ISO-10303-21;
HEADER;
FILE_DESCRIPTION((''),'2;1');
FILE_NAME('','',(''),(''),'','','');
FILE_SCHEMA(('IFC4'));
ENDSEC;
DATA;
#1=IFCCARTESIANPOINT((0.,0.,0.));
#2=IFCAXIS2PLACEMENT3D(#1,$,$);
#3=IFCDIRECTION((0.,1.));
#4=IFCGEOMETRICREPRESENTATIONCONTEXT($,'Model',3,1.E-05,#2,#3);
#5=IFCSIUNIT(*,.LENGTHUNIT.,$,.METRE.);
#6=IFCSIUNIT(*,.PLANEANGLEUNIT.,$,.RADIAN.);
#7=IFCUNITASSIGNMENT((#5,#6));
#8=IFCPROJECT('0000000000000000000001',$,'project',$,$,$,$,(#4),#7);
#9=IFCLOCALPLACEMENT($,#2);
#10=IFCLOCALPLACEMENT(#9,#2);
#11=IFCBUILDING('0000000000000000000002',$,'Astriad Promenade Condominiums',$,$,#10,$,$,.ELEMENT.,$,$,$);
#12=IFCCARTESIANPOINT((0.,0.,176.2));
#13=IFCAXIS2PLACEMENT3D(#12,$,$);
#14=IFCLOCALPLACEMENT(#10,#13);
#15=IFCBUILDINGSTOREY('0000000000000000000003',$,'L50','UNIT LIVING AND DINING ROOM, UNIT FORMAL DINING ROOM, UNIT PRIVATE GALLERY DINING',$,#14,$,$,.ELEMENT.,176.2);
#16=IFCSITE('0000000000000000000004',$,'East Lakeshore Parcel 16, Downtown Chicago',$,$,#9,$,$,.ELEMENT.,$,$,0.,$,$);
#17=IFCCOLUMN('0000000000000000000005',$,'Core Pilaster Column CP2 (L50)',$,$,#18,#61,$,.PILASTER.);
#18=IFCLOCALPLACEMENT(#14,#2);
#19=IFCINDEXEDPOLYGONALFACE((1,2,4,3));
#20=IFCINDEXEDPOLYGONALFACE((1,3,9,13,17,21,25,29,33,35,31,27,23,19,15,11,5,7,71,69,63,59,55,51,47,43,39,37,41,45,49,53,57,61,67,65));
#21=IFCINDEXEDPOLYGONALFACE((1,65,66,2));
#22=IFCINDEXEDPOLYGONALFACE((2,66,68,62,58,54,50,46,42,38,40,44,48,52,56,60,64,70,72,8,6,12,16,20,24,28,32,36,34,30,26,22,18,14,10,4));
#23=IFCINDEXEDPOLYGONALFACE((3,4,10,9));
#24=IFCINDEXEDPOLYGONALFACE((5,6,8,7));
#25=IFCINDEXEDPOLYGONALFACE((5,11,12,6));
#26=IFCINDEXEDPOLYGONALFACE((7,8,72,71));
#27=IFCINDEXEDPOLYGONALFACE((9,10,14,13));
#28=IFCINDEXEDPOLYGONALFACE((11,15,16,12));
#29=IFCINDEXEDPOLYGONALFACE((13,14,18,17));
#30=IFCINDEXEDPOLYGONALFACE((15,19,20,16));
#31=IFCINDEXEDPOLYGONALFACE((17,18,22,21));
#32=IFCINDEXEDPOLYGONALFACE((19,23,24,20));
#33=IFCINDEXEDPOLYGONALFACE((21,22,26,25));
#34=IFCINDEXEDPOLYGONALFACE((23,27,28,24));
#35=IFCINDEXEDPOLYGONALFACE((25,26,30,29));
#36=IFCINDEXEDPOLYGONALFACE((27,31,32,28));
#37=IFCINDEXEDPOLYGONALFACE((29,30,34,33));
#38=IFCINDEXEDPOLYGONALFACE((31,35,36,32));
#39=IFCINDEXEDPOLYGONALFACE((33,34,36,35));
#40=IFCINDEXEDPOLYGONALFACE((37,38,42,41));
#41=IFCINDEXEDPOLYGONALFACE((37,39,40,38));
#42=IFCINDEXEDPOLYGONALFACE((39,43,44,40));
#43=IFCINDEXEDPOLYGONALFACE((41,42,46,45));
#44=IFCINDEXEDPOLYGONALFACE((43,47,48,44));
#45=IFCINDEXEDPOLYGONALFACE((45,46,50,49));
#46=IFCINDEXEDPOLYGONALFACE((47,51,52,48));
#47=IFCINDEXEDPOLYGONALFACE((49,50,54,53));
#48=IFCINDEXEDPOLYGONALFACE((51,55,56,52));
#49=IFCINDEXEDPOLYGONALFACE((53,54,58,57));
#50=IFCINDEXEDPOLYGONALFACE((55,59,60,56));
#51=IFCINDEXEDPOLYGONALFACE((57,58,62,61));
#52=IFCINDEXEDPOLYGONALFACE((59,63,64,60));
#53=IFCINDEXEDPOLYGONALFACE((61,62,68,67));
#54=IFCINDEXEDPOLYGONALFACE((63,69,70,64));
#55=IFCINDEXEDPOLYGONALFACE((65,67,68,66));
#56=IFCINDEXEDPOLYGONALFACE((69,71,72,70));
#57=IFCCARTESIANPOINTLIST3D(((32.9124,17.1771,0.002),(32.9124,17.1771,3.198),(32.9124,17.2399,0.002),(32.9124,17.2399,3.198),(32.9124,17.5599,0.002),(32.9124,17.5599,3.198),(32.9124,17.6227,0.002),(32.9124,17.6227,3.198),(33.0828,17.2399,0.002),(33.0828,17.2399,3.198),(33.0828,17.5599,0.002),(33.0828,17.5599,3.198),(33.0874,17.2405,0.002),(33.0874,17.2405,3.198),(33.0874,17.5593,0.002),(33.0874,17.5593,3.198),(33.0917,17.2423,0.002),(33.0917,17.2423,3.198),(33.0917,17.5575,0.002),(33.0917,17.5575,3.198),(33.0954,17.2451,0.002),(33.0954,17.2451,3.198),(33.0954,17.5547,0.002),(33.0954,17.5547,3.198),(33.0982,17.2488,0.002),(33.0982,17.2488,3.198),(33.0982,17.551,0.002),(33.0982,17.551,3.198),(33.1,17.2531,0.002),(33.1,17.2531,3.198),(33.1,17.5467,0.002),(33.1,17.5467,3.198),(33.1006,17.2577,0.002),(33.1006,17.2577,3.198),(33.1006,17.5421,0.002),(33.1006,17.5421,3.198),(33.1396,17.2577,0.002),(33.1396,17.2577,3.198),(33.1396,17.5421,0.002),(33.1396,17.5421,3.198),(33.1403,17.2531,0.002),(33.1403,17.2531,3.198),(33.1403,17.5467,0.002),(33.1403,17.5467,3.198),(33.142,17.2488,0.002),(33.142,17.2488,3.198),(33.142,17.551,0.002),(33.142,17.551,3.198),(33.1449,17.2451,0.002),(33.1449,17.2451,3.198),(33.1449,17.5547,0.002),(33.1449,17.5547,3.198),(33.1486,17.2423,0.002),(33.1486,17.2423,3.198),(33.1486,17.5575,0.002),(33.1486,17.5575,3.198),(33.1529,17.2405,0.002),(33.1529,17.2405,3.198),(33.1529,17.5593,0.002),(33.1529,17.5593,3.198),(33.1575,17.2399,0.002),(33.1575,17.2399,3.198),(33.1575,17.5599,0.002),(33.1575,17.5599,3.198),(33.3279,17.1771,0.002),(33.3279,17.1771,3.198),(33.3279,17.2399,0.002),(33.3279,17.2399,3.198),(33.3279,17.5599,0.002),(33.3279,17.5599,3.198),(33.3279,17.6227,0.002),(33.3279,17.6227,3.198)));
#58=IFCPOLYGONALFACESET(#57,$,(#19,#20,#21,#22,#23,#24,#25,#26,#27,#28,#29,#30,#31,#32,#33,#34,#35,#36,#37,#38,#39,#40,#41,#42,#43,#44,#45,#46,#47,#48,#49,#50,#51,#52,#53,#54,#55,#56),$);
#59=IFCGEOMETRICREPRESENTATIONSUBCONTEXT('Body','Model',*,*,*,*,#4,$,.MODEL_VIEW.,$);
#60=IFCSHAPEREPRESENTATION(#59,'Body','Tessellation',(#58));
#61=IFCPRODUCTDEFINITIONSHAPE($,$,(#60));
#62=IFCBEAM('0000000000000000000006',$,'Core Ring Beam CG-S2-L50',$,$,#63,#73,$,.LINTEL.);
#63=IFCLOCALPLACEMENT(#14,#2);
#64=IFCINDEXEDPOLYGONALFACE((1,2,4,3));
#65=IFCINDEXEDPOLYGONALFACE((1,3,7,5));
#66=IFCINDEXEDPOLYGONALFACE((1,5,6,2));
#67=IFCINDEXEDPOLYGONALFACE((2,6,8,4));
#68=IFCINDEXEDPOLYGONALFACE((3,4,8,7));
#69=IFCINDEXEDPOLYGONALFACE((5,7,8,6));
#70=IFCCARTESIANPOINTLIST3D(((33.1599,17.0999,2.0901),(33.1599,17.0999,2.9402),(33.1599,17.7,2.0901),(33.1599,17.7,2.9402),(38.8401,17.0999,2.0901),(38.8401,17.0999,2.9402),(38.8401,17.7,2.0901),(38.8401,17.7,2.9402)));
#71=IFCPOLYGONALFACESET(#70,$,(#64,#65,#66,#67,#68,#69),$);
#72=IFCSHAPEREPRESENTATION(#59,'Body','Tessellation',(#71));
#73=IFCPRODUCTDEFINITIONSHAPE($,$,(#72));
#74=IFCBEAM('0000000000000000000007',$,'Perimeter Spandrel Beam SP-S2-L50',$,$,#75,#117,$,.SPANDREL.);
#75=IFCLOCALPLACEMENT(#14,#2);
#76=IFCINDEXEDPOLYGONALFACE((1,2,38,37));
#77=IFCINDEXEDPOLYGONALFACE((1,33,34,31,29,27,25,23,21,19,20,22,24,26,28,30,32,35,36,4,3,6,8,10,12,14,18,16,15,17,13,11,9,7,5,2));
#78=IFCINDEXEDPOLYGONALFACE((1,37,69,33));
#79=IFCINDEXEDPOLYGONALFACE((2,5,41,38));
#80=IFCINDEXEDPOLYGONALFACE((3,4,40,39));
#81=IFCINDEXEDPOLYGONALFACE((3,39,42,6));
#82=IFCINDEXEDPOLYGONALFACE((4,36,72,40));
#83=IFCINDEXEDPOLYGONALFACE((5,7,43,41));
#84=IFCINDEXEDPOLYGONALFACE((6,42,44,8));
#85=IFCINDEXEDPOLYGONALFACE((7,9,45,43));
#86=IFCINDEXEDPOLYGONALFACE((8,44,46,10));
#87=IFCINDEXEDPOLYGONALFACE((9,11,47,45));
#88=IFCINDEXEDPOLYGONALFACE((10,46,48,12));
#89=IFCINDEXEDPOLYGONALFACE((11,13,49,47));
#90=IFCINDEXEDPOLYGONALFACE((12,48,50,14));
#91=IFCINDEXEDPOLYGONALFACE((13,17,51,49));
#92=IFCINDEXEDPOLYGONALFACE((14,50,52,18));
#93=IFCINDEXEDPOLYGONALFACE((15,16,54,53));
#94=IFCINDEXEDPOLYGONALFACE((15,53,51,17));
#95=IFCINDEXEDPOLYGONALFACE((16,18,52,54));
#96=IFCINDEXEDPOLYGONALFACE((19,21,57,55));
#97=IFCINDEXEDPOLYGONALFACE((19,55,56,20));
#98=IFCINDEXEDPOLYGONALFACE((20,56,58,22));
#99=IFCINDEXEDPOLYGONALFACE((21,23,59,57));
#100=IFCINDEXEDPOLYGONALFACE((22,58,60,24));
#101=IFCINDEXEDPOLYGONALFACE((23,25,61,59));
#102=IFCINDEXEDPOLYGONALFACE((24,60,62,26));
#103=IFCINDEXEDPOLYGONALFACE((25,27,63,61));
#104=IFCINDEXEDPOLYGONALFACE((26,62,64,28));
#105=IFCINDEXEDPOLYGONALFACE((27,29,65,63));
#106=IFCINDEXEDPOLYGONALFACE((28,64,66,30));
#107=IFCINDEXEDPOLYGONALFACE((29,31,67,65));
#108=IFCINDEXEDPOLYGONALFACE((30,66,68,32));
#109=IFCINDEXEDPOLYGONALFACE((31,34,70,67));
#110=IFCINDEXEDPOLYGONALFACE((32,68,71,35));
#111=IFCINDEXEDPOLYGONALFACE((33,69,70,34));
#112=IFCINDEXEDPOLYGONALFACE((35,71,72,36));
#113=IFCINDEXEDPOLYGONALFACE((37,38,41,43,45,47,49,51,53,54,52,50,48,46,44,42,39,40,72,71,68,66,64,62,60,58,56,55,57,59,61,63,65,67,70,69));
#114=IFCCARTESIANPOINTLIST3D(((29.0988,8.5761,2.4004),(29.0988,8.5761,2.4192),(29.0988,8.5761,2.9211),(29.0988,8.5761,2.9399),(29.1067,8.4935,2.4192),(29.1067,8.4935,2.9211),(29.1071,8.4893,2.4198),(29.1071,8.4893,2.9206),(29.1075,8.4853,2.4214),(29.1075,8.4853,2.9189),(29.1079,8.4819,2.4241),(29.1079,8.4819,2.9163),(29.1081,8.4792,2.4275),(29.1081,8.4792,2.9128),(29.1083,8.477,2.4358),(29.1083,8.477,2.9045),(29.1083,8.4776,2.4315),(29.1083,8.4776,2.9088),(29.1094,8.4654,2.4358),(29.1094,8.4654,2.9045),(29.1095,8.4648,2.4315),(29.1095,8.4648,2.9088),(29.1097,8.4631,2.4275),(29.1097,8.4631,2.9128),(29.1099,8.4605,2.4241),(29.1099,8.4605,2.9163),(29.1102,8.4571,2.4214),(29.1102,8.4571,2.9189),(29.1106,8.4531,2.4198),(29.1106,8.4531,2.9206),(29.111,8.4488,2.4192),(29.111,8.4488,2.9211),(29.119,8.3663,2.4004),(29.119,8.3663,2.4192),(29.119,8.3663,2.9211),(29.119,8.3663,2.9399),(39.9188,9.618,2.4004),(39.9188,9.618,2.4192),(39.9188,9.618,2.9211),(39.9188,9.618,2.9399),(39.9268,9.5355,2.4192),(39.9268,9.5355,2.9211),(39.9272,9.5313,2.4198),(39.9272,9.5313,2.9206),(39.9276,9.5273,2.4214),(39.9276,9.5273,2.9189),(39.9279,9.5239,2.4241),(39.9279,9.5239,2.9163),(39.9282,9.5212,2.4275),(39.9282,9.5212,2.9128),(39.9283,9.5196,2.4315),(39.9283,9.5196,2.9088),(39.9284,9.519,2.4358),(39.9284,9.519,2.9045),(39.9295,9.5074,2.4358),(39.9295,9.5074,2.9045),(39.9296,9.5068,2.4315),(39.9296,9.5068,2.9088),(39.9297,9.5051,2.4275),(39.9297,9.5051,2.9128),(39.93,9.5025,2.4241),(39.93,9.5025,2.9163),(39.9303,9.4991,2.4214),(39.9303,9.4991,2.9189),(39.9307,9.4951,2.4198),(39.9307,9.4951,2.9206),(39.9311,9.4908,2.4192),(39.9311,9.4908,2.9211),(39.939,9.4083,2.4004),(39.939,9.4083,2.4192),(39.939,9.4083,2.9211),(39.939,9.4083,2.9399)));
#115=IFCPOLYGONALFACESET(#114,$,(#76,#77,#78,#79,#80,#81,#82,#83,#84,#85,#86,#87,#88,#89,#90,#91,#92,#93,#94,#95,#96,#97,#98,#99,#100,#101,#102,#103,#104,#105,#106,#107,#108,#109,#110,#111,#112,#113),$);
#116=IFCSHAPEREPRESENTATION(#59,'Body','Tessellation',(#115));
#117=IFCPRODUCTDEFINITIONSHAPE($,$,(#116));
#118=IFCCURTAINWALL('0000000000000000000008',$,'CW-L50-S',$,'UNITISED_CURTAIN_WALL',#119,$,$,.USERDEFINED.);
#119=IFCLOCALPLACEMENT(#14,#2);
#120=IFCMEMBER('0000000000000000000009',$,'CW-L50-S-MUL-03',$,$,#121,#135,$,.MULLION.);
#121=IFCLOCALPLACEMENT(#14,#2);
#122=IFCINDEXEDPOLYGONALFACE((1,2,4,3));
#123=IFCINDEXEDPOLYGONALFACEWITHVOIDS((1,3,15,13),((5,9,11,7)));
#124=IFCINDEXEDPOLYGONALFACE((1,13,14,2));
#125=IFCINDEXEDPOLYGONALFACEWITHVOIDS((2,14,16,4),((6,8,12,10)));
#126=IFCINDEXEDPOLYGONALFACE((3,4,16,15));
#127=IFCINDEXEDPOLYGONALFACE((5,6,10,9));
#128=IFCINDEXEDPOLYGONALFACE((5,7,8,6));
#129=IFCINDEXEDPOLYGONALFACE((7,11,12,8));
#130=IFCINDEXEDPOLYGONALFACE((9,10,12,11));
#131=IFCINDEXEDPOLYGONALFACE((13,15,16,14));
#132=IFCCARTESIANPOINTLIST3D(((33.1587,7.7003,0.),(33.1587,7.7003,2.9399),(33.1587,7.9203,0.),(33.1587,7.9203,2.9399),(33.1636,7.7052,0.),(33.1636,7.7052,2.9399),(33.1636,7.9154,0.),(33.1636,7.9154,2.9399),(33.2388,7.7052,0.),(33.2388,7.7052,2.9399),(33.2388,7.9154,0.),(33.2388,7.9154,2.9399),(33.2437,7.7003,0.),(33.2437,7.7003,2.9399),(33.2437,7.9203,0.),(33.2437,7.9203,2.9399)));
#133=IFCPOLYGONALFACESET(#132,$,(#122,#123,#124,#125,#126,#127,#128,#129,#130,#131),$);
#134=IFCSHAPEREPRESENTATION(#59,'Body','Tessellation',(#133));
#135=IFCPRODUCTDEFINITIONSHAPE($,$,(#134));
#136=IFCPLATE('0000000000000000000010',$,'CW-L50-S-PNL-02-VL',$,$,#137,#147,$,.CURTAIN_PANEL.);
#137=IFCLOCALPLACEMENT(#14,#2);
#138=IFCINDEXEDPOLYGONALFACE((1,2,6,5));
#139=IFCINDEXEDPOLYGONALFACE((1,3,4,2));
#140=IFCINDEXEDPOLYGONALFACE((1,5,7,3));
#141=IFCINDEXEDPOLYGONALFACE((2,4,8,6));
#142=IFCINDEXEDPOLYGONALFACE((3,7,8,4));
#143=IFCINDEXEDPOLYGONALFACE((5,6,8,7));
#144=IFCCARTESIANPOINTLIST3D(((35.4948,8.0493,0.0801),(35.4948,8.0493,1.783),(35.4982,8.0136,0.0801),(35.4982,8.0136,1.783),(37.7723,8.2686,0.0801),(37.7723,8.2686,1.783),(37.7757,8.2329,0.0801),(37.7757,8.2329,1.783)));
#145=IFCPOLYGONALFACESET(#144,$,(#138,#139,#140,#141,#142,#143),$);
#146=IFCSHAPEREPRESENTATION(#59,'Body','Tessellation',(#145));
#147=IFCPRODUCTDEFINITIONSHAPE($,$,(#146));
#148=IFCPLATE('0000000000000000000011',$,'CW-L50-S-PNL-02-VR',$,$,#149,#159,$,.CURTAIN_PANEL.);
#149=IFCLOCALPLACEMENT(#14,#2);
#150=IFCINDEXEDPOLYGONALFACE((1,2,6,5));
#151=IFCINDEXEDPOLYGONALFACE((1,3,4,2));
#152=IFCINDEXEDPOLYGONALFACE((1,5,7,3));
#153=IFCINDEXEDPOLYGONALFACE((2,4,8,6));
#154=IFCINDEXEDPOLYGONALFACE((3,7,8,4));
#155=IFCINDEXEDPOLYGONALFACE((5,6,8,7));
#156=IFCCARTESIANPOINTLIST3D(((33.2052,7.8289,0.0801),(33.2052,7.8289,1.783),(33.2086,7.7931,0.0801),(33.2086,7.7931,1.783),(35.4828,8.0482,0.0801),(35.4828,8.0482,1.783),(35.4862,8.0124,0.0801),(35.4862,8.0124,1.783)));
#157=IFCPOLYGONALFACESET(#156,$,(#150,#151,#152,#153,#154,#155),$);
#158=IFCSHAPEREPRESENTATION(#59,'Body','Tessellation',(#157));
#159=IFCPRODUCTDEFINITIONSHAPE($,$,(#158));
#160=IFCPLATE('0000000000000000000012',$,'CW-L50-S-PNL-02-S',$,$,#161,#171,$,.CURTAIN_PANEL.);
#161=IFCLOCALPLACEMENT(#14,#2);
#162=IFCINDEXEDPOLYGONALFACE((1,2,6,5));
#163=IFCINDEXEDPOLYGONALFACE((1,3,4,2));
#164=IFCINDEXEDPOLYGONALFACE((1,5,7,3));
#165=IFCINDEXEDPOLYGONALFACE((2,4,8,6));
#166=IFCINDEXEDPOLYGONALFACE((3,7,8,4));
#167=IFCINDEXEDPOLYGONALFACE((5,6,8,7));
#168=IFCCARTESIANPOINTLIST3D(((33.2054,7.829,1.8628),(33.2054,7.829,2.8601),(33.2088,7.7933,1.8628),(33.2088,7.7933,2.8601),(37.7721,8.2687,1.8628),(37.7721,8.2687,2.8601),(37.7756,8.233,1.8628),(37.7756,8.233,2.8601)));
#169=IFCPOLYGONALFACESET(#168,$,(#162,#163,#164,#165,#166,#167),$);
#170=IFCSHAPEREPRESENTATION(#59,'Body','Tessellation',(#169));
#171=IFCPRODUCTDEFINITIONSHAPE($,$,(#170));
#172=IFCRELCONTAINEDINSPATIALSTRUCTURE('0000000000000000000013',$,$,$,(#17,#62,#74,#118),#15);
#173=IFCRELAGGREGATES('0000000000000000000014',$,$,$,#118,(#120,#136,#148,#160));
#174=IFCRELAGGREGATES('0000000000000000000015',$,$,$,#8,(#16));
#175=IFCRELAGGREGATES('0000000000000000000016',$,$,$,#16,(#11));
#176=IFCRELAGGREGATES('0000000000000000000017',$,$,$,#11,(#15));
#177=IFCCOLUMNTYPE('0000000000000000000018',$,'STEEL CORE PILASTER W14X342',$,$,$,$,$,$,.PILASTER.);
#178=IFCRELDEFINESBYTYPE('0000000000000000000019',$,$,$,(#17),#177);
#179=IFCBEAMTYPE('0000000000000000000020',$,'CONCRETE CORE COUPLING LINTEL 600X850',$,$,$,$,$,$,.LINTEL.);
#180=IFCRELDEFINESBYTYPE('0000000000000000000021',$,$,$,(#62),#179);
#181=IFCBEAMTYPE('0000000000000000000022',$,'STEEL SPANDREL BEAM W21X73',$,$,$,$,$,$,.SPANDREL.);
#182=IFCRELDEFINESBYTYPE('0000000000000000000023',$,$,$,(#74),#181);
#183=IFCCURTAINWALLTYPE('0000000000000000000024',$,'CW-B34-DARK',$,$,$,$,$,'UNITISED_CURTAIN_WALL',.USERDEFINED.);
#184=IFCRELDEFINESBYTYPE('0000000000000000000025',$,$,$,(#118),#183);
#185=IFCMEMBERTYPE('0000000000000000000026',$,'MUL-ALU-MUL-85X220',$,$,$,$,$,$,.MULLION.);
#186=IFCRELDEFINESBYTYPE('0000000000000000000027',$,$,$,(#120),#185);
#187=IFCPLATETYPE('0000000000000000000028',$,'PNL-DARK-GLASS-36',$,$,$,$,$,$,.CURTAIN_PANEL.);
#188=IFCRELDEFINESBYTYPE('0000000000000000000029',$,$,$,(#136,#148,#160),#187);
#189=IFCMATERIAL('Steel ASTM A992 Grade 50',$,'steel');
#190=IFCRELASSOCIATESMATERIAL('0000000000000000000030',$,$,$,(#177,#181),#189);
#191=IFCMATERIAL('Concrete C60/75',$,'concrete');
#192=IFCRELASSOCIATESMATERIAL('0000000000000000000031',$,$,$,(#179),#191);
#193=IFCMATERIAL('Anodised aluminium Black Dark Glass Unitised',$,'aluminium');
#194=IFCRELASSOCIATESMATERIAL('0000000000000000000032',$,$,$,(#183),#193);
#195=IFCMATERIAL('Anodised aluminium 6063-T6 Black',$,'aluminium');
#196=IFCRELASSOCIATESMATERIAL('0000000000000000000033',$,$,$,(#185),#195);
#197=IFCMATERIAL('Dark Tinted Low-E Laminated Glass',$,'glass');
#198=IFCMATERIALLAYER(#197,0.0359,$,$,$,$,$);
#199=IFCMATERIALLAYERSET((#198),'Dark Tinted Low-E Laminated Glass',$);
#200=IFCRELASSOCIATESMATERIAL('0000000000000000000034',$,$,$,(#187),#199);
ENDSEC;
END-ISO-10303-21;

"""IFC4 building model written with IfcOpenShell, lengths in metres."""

from ifc_helpers import new_model, si_unit, direction, frame, origin, origin_2d, place, context, subcontext, project, spatial, rectangle, hollow_rectangle, i_section, extrude, source, transform, mapped, material, layer, layer_set, material_profile, profile_set, type_object, type_shapes, element, aggregate, save


model = new_model("IFC4")

# Units and contexts
model_context = context("Model", 3, precision=1e-05, world=origin(), true_north=direction((0.0, 1.0)))
body_context = subcontext(model_context, "Body", "Model", "MODEL_VIEW")
ifc_project = project(units=[si_unit("LENGTHUNIT", "METRE"), si_unit("PLANEANGLEUNIT", "RADIAN")], contexts=[model_context])

# Site, building, storey
site_placement = place(None, origin())
site = spatial("IfcSite", under=ifc_project, at=site_placement, Name="East Lakeshore Parcel 16, Downtown Chicago", CompositionType="ELEMENT", RefElevation=0.0)
building_placement = place(site_placement, origin())
building = spatial("IfcBuilding", under=site, at=building_placement, Name="Astriad Promenade Condominiums", CompositionType="ELEMENT")
storey_placement = place(building_placement, frame((0.0, 0.0, 176.2)))
storey = spatial("IfcBuildingStorey", under=building, at=storey_placement, Name="L50", Description="UNIT LIVING AND DINING ROOM, UNIT FORMAL DINING ROOM, UNIT PRIVATE GALLERY DINING", CompositionType="ELEMENT", Elevation=176.2)

# Column
ifc_material_1 = material(Name="Steel ASTM A992 Grade 50", Category="steel")
ifc_material_profile_1 = material_profile(ifc_material_1, i_section(OverallWidth=0.4155, OverallDepth=0.4456, WebThickness=0.0391, FlangeThickness=0.0627, FilletRadius=0.0178, at=origin_2d()), Name="W14X342")
ifc_profile_set_1 = profile_set([ifc_material_profile_1], Name="Steel ASTM A992 Grade 50")
column_type = type_object("IfcColumnType", Name="STEEL CORE PILASTER W14X342", PredefinedType="PILASTER", material=ifc_profile_set_1)
shared_shape_1 = source(origin(), body_context, "Body", "SweptSolid", [
    extrude(i_section(OverallWidth=0.4155, OverallDepth=0.4456, WebThickness=0.0391, FlangeThickness=0.0627, FilletRadius=0.0178, at=origin_2d()), origin(), (0.0, 0.0, 1.0), 3.196),
])
type_shapes(column_type, [shared_shape_1])
column_placement = place(storey_placement, frame((33.1201, 17.3999, 0.002), z_axis=(0.0, 0.0, 1.0), x_axis=(1.0, 0.0, 0.0)))
element("IfcColumn", 1, at=column_placement, inside=storey, type_object=column_type, Name="Core Pilaster Column CP2 (L50)", PredefinedType="PILASTER", context=body_context, shape_type="MappedRepresentation", body=[
    mapped(shared_shape_1, transform((0.0, 0.0, 0.0), scale=1.0)),
])

# Beams
ifc_material_2 = material(Name="Concrete C60/75", Category="concrete")
ifc_material_profile_2 = material_profile(ifc_material_2, rectangle(XDim=0.6001, YDim=0.8501, at=origin_2d()), Name="RC-BM-600X850")
ifc_profile_set_2 = profile_set([ifc_material_profile_2], Name="Concrete C60/75")
beam_type_1 = type_object("IfcBeamType", Name="CONCRETE CORE COUPLING LINTEL 600X850", PredefinedType="LINTEL", material=ifc_profile_set_2)
shared_shape_2 = source(origin(), body_context, "Body", "SweptSolid", [
    extrude(rectangle(XDim=0.6001, YDim=0.8501, at=origin_2d()), origin(), (0.0, 0.0, 1.0), 5.6802),
])
type_shapes(beam_type_1, [shared_shape_2])
beam_1_placement = place(storey_placement, frame((33.1599, 17.3999, 2.5151), z_axis=(1.0, 0.0, 0.0), x_axis=(0.0, 1.0, 0.0)))
element("IfcBeam", 2, at=beam_1_placement, inside=storey, type_object=beam_type_1, Name="Core Ring Beam CG-S2-L50", PredefinedType="LINTEL", context=body_context, shape_type="MappedRepresentation", body=[
    mapped(shared_shape_2, transform((0.0, 0.0, 0.0), scale=1.0)),
])
ifc_material_profile_3 = material_profile(ifc_material_1, i_section(OverallWidth=0.2107, OverallDepth=0.5396, WebThickness=0.0117, FlangeThickness=0.0188, FilletRadius=0.0166, at=origin_2d()), Name="W21X73")
ifc_profile_set_3 = profile_set([ifc_material_profile_3], Name="Steel ASTM A992 Grade 50")
beam_type_2 = type_object("IfcBeamType", Name="STEEL SPANDREL BEAM W21X73", PredefinedType="SPANDREL", material=ifc_profile_set_3)
shared_shape_3 = source(origin(), body_context, "Body", "SweptSolid", [
    extrude(i_section(OverallWidth=0.2107, OverallDepth=0.5396, WebThickness=0.0117, FlangeThickness=0.0188, FilletRadius=0.0166, at=origin_2d()), origin(), (0.0, 0.0, 1.0), 10.8701),
])
type_shapes(beam_type_2, [shared_shape_3])
beam_2_placement = place(storey_placement, frame((29.1089, 8.4712, 2.6702), z_axis=(0.995395, 0.095858, 0.0), x_axis=(-0.095858, 0.995395, 0.0)))
element("IfcBeam", 3, at=beam_2_placement, inside=storey, type_object=beam_type_2, Name="Perimeter Spandrel Beam SP-S2-L50", PredefinedType="SPANDREL", context=body_context, shape_type="MappedRepresentation", body=[
    mapped(shared_shape_3, transform((0.0, 0.0, 0.0), scale=1.0)),
])

# Curtain wall, member, plates
ifc_material_3 = material(Name="Anodised aluminium Black Dark Glass Unitised", Category="aluminium")
curtain_wall_type = type_object("IfcCurtainWallType", Name="CW-B34-DARK", ElementType="UNITISED_CURTAIN_WALL", PredefinedType="USERDEFINED", material=ifc_material_3)
curtain_wall_placement = place(storey_placement, origin())
curtain_wall = element("IfcCurtainWall", 4, at=curtain_wall_placement, inside=storey, type_object=curtain_wall_type, Name="CW-L50-S", ObjectType="UNITISED_CURTAIN_WALL", PredefinedType="USERDEFINED")
ifc_material_4 = material(Name="Anodised aluminium 6063-T6 Black", Category="aluminium")
ifc_material_profile_4 = material_profile(ifc_material_4, hollow_rectangle(XDim=0.085, YDim=0.22, WallThickness=0.0049, at=origin_2d()), Name="ALU-MUL-85X220")
ifc_profile_set_4 = profile_set([ifc_material_profile_4], Name="Anodised aluminium 6063-T6 Black")
member_type = type_object("IfcMemberType", Name="MUL-ALU-MUL-85X220", PredefinedType="MULLION", material=ifc_profile_set_4)
shared_shape_4 = source(origin(), body_context, "Body", "SweptSolid", [
    extrude(hollow_rectangle(XDim=0.085, YDim=0.22, WallThickness=0.0049, at=origin_2d()), origin(), (0.0, 0.0, 1.0), 2.9399),
])
type_shapes(member_type, [shared_shape_4])
member_placement = place(storey_placement, frame((33.2012, 7.8103, 0.0), z_axis=(0.0, 0.0, 1.0), x_axis=(1.0, 0.0, 0.0)))
member = element("IfcMember", 5, at=member_placement, type_object=member_type, Name="CW-L50-S-MUL-03", PredefinedType="MULLION", context=body_context, shape_type="MappedRepresentation", body=[
    mapped(shared_shape_4, transform((0.0, 0.0, 0.0), scale=1.0)),
])
ifc_material_5 = material(Name="Dark Tinted Low-E Laminated Glass", Category="glass")
ifc_layer_1 = layer(ifc_material_5, 0.0359)
ifc_layer_set_1 = layer_set([ifc_layer_1], Name="Dark Tinted Low-E Laminated Glass")
plate_type = type_object("IfcPlateType", Name="PNL-DARK-GLASS-36", PredefinedType="CURTAIN_PANEL", material=ifc_layer_set_1)
shared_shape_5 = source(origin(), body_context, "Body", "SweptSolid", [
    extrude(rectangle(XDim=2.2881, YDim=0.0359, at=origin_2d()), origin(), (0.0, 0.0, 1.0), 1.7029),
])
plate_1_placement = place(storey_placement, frame((36.6353, 8.1411, 0.0801), z_axis=(0.0, 0.0, 1.0), x_axis=(-0.995396, -0.095846, 0.0)))
plate_1 = element("IfcPlate", 6, at=plate_1_placement, type_object=plate_type, Name="CW-L50-S-PNL-02-VL", PredefinedType="CURTAIN_PANEL", context=body_context, shape_type="MappedRepresentation", body=[
    mapped(shared_shape_5, transform((0.0, 0.0, 0.0), scale=1.0)),
])
plate_2_placement = place(storey_placement, frame((34.3457, 7.9207, 0.0801), z_axis=(0.0, 0.0, 1.0), x_axis=(-0.995396, -0.095846, 0.0)))
plate_2 = element("IfcPlate", 7, at=plate_2_placement, type_object=plate_type, Name="CW-L50-S-PNL-02-VR", PredefinedType="CURTAIN_PANEL", context=body_context, shape_type="MappedRepresentation", body=[
    mapped(shared_shape_5, transform((0.0, 0.0, 0.0), scale=1.0)),
])
shared_shape_6 = source(origin(), body_context, "Body", "SweptSolid", [
    extrude(rectangle(XDim=4.5879, YDim=0.0359, at=origin_2d()), origin(), (0.0, 0.0, 1.0), 0.9973),
])
type_shapes(plate_type, [shared_shape_5, shared_shape_6])
plate_3_placement = place(storey_placement, frame((35.4905, 8.031, 1.8628), z_axis=(0.0, 0.0, 1.0), x_axis=(-0.995396, -0.095846, 0.0)))
plate_3 = element("IfcPlate", 8, at=plate_3_placement, type_object=plate_type, Name="CW-L50-S-PNL-02-S", PredefinedType="CURTAIN_PANEL", context=body_context, shape_type="MappedRepresentation", body=[
    mapped(shared_shape_6, transform((0.0, 0.0, 0.0), scale=1.0)),
])
aggregate(curtain_wall, [member, plate_1, plate_2, plate_3])

save(model, "model.ifc")
